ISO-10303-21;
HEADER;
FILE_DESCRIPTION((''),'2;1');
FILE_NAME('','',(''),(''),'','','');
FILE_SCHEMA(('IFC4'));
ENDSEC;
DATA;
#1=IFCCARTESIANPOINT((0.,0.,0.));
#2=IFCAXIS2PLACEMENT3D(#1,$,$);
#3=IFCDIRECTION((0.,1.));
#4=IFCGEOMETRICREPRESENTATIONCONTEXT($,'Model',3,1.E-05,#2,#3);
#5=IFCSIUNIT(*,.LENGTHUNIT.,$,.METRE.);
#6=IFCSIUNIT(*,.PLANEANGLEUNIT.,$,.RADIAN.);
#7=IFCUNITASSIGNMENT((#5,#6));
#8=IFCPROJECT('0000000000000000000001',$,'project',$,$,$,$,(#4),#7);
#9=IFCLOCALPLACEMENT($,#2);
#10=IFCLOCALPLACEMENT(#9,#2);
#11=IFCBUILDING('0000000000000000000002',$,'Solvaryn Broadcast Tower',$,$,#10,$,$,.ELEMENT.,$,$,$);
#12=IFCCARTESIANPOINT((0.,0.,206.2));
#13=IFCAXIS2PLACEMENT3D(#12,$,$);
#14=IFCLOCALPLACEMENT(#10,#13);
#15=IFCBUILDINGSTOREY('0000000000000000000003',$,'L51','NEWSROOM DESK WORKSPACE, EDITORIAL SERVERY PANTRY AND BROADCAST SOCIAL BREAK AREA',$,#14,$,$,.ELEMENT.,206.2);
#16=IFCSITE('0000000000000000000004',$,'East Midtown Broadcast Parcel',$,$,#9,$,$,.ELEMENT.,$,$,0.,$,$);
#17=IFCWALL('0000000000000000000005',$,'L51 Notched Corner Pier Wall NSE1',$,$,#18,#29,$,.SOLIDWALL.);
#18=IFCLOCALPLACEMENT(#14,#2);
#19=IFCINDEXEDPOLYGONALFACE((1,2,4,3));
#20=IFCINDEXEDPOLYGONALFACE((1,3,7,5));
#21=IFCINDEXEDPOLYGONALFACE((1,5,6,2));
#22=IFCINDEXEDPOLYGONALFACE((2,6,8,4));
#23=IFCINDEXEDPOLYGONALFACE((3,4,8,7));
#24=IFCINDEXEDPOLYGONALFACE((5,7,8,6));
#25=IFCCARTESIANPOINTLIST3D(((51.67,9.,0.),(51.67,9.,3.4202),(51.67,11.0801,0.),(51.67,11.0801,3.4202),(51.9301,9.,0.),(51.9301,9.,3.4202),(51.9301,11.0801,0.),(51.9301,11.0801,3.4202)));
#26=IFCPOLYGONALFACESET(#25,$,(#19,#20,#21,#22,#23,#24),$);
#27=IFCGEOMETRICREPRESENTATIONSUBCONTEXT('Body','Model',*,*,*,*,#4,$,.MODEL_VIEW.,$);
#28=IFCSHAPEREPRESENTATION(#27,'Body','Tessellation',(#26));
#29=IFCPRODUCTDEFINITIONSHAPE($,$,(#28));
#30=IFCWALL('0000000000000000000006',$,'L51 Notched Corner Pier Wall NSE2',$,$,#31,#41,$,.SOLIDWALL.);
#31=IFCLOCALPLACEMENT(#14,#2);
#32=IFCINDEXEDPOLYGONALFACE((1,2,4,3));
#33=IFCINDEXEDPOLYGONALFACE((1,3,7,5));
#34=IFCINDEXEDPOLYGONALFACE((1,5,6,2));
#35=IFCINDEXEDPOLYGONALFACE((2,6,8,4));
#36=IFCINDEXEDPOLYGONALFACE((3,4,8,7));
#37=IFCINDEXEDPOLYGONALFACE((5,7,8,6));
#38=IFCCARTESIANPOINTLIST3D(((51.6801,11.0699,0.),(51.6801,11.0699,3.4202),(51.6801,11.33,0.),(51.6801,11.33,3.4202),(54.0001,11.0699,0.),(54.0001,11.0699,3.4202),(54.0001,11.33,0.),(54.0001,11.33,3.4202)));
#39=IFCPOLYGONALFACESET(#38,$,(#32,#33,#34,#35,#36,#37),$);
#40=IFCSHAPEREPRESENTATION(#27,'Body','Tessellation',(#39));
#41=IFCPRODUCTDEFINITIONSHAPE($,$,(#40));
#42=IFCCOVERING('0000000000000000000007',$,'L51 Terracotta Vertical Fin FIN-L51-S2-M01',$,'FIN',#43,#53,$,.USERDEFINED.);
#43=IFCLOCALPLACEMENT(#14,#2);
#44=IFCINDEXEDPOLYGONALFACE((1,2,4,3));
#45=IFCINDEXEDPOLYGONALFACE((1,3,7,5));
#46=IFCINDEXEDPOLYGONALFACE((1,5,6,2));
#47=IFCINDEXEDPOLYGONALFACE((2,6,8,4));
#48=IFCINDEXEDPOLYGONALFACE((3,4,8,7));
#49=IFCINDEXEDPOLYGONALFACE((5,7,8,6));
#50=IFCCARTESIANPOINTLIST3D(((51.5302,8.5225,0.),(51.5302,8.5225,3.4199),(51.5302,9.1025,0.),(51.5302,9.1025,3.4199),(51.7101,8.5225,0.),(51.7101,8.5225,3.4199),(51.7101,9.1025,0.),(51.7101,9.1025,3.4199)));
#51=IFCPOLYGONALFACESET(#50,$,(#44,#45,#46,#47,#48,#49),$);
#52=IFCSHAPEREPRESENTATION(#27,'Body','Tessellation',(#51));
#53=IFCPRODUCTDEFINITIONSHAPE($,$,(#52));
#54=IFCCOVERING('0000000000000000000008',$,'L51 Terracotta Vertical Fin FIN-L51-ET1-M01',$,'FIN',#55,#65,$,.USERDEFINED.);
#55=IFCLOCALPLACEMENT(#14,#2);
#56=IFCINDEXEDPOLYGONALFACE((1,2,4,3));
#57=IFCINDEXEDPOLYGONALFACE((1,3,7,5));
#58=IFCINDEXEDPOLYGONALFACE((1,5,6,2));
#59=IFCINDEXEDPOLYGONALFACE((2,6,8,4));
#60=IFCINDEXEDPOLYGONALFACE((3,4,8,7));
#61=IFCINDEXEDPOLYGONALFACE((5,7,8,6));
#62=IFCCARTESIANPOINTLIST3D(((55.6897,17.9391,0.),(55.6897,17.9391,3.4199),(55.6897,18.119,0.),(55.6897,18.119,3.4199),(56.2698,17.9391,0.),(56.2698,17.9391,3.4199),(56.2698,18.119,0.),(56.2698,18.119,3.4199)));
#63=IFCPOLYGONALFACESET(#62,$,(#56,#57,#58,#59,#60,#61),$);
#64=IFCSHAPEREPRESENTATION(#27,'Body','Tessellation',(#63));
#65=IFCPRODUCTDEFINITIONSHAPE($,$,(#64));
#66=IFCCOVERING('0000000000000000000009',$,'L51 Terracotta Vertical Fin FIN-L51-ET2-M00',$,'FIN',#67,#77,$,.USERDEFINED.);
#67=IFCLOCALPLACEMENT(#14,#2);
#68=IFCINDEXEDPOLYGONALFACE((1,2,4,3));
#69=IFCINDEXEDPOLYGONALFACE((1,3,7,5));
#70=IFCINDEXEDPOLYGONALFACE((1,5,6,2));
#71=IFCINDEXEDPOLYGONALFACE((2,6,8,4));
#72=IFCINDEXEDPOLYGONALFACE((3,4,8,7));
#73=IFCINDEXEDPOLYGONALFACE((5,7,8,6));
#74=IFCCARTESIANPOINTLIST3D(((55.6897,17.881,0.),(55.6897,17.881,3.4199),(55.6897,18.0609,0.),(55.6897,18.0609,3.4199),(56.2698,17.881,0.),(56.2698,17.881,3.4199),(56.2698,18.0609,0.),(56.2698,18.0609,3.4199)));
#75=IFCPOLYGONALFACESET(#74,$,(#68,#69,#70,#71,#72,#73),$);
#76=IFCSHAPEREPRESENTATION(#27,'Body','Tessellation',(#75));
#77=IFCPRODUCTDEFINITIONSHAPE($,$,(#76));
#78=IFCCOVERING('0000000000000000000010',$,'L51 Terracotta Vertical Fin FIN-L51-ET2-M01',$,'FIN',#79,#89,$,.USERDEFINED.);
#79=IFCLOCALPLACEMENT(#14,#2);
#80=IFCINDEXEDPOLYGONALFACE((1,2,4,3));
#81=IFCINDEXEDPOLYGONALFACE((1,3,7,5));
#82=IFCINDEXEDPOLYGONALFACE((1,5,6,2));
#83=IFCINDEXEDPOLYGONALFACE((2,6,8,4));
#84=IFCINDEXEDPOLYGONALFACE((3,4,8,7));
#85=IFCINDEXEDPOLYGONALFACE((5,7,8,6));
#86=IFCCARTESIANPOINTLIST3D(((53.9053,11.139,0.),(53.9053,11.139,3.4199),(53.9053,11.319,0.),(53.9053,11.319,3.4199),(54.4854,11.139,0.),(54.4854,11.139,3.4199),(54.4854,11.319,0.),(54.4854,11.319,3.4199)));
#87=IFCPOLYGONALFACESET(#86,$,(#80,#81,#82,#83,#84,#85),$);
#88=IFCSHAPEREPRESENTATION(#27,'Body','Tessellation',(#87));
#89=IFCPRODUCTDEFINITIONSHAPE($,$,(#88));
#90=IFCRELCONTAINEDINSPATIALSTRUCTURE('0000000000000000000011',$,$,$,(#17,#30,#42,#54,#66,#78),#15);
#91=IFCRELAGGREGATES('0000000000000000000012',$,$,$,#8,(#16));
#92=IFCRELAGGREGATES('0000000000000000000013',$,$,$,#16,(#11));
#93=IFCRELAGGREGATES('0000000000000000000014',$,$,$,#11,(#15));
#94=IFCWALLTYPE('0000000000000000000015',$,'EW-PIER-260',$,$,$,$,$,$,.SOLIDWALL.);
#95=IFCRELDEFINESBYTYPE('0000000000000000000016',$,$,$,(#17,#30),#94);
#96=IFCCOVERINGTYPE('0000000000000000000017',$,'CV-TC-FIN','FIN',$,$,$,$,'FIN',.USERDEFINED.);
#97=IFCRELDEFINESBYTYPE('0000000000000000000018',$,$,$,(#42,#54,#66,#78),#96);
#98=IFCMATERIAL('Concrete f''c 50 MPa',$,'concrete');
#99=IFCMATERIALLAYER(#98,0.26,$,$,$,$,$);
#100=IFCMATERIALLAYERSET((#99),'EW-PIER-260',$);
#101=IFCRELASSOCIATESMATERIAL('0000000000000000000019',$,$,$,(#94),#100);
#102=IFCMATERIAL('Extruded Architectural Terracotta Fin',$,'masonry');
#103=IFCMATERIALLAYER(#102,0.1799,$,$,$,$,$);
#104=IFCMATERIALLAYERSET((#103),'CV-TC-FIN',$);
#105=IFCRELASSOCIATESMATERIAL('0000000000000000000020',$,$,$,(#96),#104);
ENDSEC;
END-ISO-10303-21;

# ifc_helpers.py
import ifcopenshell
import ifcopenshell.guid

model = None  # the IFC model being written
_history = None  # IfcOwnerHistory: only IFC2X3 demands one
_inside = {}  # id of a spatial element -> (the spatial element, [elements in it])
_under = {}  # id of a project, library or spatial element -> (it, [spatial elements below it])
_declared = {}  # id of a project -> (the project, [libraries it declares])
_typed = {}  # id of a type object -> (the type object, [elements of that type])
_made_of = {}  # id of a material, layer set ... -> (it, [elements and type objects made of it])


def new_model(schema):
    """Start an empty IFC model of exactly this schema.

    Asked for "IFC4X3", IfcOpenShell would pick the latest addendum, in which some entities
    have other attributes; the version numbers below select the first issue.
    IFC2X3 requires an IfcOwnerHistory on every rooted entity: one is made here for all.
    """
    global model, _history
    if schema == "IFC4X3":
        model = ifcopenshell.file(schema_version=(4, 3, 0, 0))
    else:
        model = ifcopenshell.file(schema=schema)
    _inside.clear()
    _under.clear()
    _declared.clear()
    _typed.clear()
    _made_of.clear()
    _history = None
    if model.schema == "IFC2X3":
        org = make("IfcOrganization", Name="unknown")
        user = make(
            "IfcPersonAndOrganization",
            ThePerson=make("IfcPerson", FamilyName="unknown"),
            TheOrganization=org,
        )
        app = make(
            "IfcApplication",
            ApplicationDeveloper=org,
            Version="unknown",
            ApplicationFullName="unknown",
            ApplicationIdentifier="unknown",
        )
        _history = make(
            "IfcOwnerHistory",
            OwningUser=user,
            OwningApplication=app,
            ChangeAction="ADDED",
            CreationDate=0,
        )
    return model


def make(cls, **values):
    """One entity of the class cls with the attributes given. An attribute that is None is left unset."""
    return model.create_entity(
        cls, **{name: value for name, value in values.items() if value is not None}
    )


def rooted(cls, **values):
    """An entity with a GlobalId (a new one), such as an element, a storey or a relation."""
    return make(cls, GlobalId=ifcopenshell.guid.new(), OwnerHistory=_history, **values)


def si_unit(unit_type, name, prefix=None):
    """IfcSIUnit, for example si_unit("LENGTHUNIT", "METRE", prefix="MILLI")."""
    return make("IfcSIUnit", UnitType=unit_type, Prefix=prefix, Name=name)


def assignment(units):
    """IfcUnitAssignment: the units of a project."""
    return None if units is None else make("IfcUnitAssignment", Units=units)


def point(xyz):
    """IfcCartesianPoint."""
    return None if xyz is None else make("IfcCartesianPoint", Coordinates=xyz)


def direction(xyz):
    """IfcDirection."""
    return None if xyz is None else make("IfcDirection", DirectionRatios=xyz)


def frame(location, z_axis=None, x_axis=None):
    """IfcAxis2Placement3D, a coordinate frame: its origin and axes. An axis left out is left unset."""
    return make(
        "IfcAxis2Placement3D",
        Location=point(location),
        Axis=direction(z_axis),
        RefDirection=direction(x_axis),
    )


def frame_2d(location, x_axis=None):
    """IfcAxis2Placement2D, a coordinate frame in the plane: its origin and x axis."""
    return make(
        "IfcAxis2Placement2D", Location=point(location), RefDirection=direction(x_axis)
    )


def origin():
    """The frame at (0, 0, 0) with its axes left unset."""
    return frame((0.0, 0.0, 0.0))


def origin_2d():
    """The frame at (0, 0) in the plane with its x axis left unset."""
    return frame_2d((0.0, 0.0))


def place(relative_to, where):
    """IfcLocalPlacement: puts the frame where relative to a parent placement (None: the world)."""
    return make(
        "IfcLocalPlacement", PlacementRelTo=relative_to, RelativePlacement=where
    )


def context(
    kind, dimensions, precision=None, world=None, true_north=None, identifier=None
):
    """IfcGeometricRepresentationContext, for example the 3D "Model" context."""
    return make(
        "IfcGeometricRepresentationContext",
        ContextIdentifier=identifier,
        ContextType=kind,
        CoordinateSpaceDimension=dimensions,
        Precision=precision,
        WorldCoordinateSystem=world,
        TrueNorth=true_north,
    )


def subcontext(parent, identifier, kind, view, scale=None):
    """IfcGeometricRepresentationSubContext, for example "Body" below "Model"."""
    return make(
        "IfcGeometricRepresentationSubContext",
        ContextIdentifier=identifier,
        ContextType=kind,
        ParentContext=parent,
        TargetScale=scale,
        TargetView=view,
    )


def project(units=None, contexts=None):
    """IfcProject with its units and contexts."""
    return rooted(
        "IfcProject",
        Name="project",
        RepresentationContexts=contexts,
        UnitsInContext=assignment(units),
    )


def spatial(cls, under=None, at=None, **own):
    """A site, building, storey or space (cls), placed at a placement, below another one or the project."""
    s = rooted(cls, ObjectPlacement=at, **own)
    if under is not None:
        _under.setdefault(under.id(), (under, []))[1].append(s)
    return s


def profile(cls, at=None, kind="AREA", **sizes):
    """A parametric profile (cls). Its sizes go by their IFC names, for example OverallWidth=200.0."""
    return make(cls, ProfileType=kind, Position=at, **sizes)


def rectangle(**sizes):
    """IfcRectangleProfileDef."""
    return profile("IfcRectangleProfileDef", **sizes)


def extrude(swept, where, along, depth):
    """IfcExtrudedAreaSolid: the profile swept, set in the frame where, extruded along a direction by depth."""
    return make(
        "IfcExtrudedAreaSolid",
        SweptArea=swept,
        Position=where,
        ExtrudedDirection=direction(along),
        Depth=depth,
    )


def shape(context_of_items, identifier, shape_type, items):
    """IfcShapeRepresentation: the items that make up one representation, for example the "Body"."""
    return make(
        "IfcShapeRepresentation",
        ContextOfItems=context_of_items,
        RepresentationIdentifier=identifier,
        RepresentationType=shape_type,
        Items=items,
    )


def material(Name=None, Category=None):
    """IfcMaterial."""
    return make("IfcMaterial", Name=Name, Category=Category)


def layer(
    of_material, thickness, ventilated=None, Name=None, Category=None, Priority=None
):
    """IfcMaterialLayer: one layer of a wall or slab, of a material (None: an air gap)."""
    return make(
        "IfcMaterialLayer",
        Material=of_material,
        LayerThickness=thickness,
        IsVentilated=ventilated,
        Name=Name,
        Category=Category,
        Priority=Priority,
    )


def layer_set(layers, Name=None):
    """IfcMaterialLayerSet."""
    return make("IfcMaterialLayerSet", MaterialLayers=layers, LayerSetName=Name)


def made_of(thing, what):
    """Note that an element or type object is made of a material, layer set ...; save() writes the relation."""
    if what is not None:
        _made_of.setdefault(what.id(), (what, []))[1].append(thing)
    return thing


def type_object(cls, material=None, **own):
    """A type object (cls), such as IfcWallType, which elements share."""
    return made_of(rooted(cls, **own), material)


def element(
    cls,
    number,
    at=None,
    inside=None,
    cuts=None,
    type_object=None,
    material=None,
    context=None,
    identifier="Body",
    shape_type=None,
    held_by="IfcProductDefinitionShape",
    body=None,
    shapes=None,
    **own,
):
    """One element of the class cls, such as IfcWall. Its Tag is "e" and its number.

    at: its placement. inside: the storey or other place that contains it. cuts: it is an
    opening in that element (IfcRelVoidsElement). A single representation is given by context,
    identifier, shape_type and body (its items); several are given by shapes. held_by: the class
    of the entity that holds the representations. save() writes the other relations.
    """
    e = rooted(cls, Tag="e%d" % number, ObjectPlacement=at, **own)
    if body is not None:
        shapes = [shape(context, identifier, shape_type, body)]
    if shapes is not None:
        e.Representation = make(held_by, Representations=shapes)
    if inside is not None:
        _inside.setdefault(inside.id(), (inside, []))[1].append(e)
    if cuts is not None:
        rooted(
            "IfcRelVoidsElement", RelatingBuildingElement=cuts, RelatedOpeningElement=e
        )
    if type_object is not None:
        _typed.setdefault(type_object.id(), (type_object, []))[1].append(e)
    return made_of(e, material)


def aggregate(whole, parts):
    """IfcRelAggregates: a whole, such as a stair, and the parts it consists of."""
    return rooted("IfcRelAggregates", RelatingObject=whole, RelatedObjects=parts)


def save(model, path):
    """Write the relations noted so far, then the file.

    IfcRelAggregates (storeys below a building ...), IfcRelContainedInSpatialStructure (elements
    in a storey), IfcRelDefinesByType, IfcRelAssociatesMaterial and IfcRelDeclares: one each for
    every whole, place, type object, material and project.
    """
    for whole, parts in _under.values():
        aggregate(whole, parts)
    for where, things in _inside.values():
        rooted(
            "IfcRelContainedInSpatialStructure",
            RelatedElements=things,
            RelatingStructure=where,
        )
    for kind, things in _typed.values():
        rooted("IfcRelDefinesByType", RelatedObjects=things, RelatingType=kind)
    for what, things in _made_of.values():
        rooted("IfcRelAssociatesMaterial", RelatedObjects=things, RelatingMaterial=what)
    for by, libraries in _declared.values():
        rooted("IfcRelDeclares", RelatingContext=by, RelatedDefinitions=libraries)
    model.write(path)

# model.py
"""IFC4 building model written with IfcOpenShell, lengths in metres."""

from ifc_helpers import new_model, si_unit, direction, frame, frame_2d, origin, origin_2d, place, context, subcontext, project, spatial, rectangle, extrude, material, layer, layer_set, type_object, element, save


model = new_model("IFC4")

# Units and contexts
model_context = context("Model", 3, precision=1e-05, world=origin(), true_north=direction((0.0, 1.0)))
body_context = subcontext(model_context, "Body", "Model", "MODEL_VIEW")
ifc_project = project(units=[si_unit("LENGTHUNIT", "METRE"), si_unit("PLANEANGLEUNIT", "RADIAN")], contexts=[model_context])

# Site, building, storey
site_placement = place(None, origin())
site = spatial("IfcSite", under=ifc_project, at=site_placement, Name="East Midtown Broadcast Parcel", CompositionType="ELEMENT", RefElevation=0.0)
building_placement = place(site_placement, origin())
building = spatial("IfcBuilding", under=site, at=building_placement, Name="Solvaryn Broadcast Tower", CompositionType="ELEMENT")
storey_placement = place(building_placement, frame((0.0, 0.0, 206.2)))
storey = spatial("IfcBuildingStorey", under=building, at=storey_placement, Name="L51", Description="NEWSROOM DESK WORKSPACE, EDITORIAL SERVERY PANTRY AND BROADCAST SOCIAL BREAK AREA", CompositionType="ELEMENT", Elevation=206.2)

# Walls
ifc_material_1 = material(Name="Concrete f'c 50 MPa", Category="concrete")
ifc_layer_1 = layer(ifc_material_1, 0.26)
ifc_layer_set_1 = layer_set([ifc_layer_1], Name="EW-PIER-260")
wall_type = type_object("IfcWallType", Name="EW-PIER-260", PredefinedType="SOLIDWALL", material=ifc_layer_set_1)
wall_1_placement = place(storey_placement, frame((51.8, 9.0, 0.0), z_axis=(0.0, 0.0, 1.0), x_axis=(0.0, 1.0, 0.0)))
element("IfcWall", 1, at=wall_1_placement, inside=storey, type_object=wall_type, Name="L51 Notched Corner Pier Wall NSE1", PredefinedType="SOLIDWALL", context=body_context, shape_type="SweptSolid", body=[
    extrude(rectangle(XDim=2.0801, YDim=0.26, at=frame_2d((1.04, 0.0))), origin(), (0.0, 0.0, 1.0), 3.4202),
])
wall_2_placement = place(storey_placement, frame((51.6799, 11.2, 0.0), z_axis=(0.0, 0.0, 1.0), x_axis=(1.0, 0.0, 0.0)))
element("IfcWall", 2, at=wall_2_placement, inside=storey, type_object=wall_type, Name="L51 Notched Corner Pier Wall NSE2", PredefinedType="SOLIDWALL", context=body_context, shape_type="SweptSolid", body=[
    extrude(rectangle(XDim=2.3201, YDim=0.26, at=frame_2d((1.1602, 0.0))), origin(), (0.0, 0.0, 1.0), 3.4202),
])

# Coverings
ifc_material_2 = material(Name="Extruded Architectural Terracotta Fin", Category="masonry")
ifc_layer_2 = layer(ifc_material_2, 0.1799)
ifc_layer_set_2 = layer_set([ifc_layer_2], Name="CV-TC-FIN")
covering_type = type_object("IfcCoveringType", Name="CV-TC-FIN", Description="FIN", ElementType="FIN", PredefinedType="USERDEFINED", material=ifc_layer_set_2)
covering_placement = place(storey_placement, frame((51.6201, 8.8125, 0.0), z_axis=(0.0, 0.0, 1.0), x_axis=(1.0, 0.0, 0.0)))
element("IfcCovering", 3, at=covering_placement, inside=storey, type_object=covering_type, Name="L51 Terracotta Vertical Fin FIN-L51-S2-M01", ObjectType="FIN", PredefinedType="USERDEFINED", context=body_context, shape_type="SweptSolid", body=[
    extrude(rectangle(XDim=0.1799, YDim=0.5801, at=origin_2d()), origin(), (0.0, 0.0, 1.0), 3.4199),
])
for number, where, z_axis, x_axis, name in (
    (4, (55.9797, 18.0291, 0.0), (0.0, 0.0, 1.0), (1.0, 0.0, 0.0), "L51 Terracotta Vertical Fin FIN-L51-ET1-M01"),
    (5, (55.9797, 17.9709, 0.0), (0.0, 0.0, 1.0), (1.0, 0.0, 0.0), "L51 Terracotta Vertical Fin FIN-L51-ET2-M00"),
    (6, (54.1953, 11.229, 0.0), (0.0, 0.0, 1.0), (1.0, 0.0, 0.0), "L51 Terracotta Vertical Fin FIN-L51-ET2-M01"),
):
    element("IfcCovering", number, at=place(storey_placement, frame(where, z_axis=z_axis, x_axis=x_axis)), inside=storey, type_object=covering_type, Name=name, ObjectType="FIN", PredefinedType="USERDEFINED", context=body_context, shape_type="SweptSolid", body=[
        extrude(rectangle(XDim=0.5801, YDim=0.1799, at=origin_2d()), origin(), (0.0, 0.0, 1.0), 3.4199),
    ])

save(model, "model.ifc")
